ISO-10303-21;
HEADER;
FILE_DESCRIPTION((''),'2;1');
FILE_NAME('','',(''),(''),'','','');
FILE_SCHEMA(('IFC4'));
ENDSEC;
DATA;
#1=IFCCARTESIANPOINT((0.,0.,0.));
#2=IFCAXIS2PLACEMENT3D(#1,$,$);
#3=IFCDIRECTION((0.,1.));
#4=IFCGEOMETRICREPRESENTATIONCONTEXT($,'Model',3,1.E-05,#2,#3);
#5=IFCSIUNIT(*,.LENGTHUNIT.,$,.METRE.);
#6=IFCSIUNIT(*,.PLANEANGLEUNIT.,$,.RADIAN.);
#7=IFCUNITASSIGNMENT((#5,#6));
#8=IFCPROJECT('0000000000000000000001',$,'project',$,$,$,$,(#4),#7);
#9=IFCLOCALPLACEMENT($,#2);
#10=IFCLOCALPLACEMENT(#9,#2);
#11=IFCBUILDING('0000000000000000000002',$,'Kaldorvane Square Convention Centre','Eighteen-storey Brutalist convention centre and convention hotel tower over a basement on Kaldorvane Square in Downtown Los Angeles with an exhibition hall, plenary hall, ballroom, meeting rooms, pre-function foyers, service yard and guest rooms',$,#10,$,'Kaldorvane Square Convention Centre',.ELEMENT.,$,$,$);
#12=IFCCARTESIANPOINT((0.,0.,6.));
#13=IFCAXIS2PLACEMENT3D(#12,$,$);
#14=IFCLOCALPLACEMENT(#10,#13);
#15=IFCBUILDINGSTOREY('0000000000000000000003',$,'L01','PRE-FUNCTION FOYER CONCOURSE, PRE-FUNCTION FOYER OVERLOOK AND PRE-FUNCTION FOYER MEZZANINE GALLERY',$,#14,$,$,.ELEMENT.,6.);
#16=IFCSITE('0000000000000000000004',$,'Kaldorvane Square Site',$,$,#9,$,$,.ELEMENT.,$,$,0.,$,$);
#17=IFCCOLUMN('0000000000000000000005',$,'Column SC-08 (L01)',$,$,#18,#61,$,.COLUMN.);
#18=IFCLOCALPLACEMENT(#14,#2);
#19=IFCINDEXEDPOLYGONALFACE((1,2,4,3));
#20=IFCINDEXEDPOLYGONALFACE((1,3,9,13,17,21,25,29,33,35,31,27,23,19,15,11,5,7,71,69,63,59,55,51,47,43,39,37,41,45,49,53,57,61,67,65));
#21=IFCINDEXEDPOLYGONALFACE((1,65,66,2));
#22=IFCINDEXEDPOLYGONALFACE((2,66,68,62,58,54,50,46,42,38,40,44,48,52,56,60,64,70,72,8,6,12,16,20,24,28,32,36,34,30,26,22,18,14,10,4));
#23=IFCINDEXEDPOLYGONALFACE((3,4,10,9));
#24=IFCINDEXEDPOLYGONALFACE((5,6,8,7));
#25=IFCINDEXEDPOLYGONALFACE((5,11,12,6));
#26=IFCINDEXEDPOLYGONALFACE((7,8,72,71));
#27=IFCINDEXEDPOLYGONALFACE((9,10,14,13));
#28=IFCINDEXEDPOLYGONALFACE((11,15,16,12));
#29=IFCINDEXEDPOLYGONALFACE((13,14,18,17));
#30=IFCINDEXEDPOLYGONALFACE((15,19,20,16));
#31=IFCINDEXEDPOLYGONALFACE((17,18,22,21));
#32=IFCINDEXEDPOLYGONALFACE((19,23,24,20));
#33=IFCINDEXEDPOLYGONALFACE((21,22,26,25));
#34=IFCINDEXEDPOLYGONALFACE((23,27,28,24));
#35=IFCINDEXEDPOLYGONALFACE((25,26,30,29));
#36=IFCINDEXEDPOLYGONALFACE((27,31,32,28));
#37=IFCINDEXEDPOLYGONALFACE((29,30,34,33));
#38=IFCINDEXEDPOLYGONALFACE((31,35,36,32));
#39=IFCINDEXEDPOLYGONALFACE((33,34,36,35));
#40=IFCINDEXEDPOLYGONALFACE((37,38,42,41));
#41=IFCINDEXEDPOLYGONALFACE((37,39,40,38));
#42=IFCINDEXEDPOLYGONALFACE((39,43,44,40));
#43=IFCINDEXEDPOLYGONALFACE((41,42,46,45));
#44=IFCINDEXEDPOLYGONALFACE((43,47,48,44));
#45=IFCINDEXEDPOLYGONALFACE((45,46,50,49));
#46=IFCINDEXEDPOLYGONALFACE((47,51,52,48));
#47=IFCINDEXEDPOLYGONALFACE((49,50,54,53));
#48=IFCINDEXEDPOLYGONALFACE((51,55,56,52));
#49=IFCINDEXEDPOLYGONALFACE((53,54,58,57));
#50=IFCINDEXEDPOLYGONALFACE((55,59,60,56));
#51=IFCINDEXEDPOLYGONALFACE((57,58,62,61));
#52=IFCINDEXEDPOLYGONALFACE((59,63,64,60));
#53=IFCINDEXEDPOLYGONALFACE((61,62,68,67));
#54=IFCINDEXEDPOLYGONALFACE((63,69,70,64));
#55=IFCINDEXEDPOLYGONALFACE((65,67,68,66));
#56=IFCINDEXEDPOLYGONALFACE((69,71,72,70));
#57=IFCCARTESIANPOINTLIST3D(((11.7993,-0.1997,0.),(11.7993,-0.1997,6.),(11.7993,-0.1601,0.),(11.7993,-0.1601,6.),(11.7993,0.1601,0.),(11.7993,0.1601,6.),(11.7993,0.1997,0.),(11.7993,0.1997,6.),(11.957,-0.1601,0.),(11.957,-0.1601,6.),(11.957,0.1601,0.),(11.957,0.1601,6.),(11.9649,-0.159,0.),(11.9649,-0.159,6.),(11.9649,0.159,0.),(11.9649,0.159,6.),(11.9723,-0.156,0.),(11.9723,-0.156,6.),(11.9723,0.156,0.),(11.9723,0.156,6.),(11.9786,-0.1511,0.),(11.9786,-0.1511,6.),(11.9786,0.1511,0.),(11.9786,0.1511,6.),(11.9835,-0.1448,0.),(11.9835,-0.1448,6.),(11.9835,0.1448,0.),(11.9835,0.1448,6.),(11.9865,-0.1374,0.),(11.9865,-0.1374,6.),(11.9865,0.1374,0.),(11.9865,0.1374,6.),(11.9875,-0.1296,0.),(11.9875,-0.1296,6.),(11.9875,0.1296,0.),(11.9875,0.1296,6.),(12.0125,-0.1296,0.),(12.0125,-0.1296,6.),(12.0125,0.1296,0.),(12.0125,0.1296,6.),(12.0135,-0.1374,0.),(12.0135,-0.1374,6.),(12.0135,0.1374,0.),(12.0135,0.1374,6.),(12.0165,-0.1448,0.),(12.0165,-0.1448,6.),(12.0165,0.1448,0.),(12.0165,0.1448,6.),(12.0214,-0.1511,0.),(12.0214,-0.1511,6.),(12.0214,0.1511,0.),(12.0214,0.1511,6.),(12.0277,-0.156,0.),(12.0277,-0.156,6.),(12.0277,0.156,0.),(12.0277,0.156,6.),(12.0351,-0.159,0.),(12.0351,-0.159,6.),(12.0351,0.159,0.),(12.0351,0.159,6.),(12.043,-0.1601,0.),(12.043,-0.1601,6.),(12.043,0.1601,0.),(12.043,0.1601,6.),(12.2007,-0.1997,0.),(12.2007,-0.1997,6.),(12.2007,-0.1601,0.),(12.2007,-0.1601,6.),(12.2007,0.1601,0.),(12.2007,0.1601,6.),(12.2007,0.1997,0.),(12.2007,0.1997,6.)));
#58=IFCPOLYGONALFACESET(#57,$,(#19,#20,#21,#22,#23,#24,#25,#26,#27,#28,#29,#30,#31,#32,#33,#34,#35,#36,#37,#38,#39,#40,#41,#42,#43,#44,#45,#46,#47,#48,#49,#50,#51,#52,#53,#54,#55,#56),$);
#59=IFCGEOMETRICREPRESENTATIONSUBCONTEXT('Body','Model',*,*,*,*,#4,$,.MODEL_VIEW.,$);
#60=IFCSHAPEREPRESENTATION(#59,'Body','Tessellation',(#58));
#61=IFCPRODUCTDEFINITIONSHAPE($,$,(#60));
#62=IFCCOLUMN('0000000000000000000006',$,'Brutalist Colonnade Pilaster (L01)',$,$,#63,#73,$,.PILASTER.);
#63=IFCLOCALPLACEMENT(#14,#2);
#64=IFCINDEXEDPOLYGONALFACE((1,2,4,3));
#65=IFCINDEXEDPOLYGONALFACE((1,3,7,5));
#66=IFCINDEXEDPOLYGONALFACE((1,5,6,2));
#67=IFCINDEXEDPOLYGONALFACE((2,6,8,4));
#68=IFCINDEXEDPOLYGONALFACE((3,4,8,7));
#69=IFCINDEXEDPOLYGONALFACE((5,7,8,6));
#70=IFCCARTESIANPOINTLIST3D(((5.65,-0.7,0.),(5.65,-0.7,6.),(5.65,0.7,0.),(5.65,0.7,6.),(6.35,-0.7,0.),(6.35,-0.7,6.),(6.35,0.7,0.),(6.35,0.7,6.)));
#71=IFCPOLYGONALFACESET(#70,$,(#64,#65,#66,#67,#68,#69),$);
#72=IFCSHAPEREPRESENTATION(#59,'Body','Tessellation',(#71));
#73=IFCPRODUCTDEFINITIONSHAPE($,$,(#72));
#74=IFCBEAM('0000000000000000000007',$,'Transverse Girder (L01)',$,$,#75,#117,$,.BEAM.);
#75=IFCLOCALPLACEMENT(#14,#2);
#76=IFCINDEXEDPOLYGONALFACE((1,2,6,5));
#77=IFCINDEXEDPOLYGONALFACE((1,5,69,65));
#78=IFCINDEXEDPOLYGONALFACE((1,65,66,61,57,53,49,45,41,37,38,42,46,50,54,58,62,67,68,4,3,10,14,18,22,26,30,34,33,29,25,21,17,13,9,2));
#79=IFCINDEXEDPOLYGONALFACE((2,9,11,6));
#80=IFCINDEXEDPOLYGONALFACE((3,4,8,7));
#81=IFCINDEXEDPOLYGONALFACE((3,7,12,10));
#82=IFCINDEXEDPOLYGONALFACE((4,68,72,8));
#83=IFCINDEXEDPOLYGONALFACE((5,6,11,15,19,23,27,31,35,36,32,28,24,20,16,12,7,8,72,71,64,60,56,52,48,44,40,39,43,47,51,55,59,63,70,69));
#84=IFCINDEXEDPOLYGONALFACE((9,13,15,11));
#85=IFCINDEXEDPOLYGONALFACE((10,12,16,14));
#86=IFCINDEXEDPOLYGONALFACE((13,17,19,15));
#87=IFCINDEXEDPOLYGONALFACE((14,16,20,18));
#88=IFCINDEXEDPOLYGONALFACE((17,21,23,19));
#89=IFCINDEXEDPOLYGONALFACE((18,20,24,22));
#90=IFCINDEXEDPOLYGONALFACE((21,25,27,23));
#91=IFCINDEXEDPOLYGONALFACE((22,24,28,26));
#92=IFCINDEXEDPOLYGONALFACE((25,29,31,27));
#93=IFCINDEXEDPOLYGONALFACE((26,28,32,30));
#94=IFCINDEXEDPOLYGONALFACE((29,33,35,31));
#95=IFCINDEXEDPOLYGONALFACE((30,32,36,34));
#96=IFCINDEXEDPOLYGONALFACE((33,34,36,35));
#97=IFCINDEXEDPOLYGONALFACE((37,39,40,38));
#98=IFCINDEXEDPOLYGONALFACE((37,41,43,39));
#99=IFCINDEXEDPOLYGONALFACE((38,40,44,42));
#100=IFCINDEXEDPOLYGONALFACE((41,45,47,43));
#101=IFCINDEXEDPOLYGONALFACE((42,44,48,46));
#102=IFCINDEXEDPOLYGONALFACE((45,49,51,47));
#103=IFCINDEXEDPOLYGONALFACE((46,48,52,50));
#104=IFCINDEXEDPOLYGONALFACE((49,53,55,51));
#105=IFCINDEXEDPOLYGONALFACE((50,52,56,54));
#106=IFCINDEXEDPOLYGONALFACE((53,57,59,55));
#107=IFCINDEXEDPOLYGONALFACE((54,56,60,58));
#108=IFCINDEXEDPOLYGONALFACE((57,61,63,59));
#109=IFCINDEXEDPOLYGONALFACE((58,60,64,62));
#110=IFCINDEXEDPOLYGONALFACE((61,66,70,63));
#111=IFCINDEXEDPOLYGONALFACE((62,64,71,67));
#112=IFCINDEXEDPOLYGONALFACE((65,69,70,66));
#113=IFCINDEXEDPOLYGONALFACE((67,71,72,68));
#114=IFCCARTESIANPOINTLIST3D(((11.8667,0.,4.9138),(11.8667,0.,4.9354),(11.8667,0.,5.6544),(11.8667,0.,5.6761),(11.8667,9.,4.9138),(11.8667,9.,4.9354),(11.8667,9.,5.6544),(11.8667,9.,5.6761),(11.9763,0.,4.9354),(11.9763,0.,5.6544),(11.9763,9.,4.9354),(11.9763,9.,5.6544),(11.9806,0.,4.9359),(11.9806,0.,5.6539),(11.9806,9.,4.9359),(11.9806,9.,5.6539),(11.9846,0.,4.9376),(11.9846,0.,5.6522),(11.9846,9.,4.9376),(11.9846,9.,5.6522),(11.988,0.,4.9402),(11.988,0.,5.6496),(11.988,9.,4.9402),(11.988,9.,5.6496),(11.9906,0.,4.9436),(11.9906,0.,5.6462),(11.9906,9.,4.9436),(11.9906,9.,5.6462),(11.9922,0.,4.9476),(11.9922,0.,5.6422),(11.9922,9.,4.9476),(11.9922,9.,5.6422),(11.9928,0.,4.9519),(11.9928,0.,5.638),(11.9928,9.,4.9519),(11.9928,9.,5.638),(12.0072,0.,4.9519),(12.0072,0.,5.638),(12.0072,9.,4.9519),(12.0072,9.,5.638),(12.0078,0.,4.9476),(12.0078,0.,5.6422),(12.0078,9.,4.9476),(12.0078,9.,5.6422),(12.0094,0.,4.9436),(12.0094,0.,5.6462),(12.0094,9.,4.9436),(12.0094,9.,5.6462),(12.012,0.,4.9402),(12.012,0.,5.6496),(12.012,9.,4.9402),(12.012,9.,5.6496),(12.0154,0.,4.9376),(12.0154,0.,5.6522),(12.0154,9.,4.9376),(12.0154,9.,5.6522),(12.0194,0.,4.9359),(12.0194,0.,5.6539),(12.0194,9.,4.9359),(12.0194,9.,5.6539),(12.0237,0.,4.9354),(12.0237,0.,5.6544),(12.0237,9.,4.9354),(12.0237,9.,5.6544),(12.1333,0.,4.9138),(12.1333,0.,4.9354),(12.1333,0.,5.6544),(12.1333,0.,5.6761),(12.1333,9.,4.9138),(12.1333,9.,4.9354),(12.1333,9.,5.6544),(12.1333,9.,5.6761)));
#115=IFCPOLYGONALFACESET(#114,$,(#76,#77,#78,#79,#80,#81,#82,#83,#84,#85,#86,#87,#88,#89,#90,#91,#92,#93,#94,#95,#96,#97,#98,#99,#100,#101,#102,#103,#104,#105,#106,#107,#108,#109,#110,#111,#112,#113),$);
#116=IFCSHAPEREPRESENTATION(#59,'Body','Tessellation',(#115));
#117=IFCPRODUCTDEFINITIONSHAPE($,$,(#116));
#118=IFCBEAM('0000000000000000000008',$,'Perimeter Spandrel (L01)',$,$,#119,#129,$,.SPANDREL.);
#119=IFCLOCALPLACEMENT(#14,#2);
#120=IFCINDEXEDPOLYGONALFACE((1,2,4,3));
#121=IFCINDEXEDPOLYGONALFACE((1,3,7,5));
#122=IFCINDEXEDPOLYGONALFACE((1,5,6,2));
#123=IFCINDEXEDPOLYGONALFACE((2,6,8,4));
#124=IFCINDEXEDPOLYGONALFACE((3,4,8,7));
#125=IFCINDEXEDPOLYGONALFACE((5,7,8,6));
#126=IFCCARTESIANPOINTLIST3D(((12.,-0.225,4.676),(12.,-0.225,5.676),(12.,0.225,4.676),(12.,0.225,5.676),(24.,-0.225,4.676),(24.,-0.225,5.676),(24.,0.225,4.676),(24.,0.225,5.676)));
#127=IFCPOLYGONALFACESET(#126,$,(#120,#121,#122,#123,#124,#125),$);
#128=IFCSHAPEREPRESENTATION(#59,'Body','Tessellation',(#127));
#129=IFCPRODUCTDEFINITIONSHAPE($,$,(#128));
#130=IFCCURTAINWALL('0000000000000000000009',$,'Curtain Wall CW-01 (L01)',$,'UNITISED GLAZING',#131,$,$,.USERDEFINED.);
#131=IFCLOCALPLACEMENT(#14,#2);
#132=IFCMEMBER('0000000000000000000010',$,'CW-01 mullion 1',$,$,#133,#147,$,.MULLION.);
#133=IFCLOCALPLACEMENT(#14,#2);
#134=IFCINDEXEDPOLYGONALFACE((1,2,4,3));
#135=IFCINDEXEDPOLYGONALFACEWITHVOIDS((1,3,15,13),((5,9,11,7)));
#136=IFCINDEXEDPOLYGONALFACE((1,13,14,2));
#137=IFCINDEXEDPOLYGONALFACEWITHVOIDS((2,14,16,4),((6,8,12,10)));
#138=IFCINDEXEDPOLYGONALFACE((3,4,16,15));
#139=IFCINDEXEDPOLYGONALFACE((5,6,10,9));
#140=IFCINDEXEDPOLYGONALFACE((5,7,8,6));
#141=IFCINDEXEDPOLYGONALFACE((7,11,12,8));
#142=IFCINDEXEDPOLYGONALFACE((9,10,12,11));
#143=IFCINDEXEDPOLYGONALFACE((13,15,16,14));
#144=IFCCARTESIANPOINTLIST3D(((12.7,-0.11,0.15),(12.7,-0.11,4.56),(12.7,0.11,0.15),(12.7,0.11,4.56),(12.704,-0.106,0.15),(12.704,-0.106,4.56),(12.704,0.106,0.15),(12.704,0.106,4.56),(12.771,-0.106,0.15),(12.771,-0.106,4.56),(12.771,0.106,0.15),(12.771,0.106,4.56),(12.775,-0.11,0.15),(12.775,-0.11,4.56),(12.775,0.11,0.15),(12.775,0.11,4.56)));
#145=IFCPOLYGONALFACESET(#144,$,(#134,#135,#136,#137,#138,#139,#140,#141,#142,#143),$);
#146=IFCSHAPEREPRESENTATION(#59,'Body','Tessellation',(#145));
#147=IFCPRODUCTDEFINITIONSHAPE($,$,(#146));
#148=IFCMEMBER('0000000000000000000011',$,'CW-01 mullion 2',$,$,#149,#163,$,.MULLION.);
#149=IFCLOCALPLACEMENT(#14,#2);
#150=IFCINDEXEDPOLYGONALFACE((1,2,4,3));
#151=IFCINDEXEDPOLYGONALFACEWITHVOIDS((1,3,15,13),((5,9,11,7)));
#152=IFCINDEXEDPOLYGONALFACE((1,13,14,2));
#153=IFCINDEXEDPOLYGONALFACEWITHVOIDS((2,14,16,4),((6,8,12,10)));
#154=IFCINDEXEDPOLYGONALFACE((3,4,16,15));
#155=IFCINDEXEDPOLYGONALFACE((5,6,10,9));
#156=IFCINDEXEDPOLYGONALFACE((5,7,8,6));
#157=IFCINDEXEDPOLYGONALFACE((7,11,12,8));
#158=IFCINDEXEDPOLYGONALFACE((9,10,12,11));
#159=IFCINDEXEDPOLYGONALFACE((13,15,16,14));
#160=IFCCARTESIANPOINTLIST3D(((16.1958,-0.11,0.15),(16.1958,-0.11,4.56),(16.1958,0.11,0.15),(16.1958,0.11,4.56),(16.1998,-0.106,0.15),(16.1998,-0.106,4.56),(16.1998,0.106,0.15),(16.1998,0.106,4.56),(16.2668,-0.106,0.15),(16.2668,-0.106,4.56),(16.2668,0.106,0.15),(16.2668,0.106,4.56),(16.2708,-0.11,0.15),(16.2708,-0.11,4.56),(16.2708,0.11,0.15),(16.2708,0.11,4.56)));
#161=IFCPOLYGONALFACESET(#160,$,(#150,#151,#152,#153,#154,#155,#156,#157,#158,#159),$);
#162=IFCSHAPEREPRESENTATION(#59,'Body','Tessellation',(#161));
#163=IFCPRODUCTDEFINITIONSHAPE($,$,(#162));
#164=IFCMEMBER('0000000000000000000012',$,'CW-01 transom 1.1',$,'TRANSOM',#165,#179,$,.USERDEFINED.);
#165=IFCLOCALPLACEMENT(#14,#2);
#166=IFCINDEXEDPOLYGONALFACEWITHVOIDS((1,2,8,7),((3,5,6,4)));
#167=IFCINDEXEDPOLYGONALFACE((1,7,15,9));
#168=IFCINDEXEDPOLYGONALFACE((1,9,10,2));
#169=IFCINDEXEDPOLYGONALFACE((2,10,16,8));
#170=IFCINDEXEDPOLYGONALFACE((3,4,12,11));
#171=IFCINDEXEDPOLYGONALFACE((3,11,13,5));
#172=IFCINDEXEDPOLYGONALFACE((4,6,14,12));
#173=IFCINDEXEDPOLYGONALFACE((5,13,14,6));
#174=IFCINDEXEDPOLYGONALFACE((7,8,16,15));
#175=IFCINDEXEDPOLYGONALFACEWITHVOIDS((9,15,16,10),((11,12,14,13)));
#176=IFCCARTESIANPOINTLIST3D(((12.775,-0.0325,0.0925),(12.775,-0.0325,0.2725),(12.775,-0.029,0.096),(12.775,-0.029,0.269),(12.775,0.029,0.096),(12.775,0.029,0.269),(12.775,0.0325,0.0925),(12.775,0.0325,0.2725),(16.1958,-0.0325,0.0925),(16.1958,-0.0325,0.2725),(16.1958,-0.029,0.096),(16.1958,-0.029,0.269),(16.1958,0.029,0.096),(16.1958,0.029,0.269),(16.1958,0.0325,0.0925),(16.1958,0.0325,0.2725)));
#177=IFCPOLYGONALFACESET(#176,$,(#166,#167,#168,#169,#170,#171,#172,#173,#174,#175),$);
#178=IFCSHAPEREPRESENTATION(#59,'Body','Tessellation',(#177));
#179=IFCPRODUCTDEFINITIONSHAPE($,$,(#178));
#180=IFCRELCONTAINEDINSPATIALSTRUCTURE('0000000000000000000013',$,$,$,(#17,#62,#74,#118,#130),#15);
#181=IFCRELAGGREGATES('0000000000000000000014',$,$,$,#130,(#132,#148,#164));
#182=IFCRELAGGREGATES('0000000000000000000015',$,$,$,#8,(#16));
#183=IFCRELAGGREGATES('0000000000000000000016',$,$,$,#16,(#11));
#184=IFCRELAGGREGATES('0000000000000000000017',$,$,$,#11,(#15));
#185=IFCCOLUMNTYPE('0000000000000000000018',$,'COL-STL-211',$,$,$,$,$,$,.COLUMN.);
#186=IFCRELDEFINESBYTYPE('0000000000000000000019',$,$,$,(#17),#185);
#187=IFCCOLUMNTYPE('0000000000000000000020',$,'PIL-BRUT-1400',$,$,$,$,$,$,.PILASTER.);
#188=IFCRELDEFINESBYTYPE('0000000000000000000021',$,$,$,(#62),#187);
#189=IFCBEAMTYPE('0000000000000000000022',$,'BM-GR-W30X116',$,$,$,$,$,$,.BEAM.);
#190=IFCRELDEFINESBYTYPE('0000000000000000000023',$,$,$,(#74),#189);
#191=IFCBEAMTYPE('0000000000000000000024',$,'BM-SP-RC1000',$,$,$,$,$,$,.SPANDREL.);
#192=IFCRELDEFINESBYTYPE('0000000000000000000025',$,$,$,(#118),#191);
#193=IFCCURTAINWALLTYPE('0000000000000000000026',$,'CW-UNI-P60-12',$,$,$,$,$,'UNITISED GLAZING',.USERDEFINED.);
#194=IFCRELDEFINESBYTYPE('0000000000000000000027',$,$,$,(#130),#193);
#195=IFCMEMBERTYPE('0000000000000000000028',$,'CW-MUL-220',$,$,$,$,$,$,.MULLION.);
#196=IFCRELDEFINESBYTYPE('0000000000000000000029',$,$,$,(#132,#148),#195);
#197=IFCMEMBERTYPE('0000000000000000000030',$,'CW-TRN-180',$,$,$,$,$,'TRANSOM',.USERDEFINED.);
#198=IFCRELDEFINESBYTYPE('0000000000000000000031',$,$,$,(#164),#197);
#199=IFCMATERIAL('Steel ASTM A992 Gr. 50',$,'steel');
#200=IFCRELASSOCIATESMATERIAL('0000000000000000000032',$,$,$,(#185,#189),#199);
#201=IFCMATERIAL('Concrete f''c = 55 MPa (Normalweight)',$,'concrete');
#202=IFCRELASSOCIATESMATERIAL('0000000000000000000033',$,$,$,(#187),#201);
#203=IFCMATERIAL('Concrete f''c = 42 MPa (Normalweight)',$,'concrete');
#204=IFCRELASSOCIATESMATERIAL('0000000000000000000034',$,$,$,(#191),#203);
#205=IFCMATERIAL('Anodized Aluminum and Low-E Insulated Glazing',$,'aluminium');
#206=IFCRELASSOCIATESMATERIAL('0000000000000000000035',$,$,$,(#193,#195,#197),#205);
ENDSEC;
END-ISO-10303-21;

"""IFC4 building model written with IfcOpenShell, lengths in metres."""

from ifc_helpers import new_model, si_unit, direction, frame, origin, origin_2d, place, context, subcontext, project, spatial, rectangle, hollow_rectangle, i_section, extrude, material, material_profile, profile_set, type_object, element, aggregate, save


model = new_model("IFC4")

# Units and contexts
model_context = context("Model", 3, precision=1e-05, world=origin(), true_north=direction((0.0, 1.0)))
body_context = subcontext(model_context, "Body", "Model", "MODEL_VIEW")
ifc_project = project(units=[si_unit("LENGTHUNIT", "METRE"), si_unit("PLANEANGLEUNIT", "RADIAN")], contexts=[model_context])

# Site, building, storey
site_placement = place(None, origin())
site = spatial("IfcSite", under=ifc_project, at=site_placement, Name="Kaldorvane Square Site", CompositionType="ELEMENT", RefElevation=0.0)
building_placement = place(site_placement, origin())
building = spatial("IfcBuilding", under=site, at=building_placement, Name="Kaldorvane Square Convention Centre", Description="Eighteen-storey Brutalist convention centre and convention hotel tower over a basement on Kaldorvane Square in Downtown Los Angeles with an exhibition hall, plenary hall, ballroom, meeting rooms, pre-function foyers, service yard and guest rooms", LongName="Kaldorvane Square Convention Centre", CompositionType="ELEMENT")
storey_placement = place(building_placement, frame((0.0, 0.0, 6.0)))
storey = spatial("IfcBuildingStorey", under=building, at=storey_placement, Name="L01", Description="PRE-FUNCTION FOYER CONCOURSE, PRE-FUNCTION FOYER OVERLOOK AND PRE-FUNCTION FOYER MEZZANINE GALLERY", CompositionType="ELEMENT", Elevation=6.0)

# Columns
ifc_material_1 = material(Name="Steel ASTM A992 Gr. 50", Category="steel")
ifc_material_profile_1 = material_profile(ifc_material_1, i_section(OverallWidth=0.4013, OverallDepth=0.3993, WebThickness=0.0249, FlangeThickness=0.0396, FilletRadius=0.0305, at=origin_2d()), Name="W14X211")
ifc_profile_set_1 = profile_set([ifc_material_profile_1], Name="Steel ASTM A992 Gr. 50")
column_type_1 = type_object("IfcColumnType", Name="COL-STL-211", PredefinedType="COLUMN", material=ifc_profile_set_1)
column_1_placement = place(storey_placement, frame((12.0, 0.0, 0.0), z_axis=(0.0, 0.0, 1.0), x_axis=(1.0, 0.0, 0.0)))
element("IfcColumn", 1, at=column_1_placement, inside=storey, type_object=column_type_1, Name="Column SC-08 (L01)", PredefinedType="COLUMN", context=body_context, shape_type="SweptSolid", body=[
    extrude(i_section(OverallWidth=0.4013, OverallDepth=0.3993, WebThickness=0.0249, FlangeThickness=0.0396, FilletRadius=0.0305, at=origin_2d()), origin(), (0.0, 0.0, 1.0), 6.0),
])
ifc_material_2 = material(Name="Concrete f'c = 55 MPa (Normalweight)", Category="concrete")
ifc_material_profile_2 = material_profile(ifc_material_2, rectangle(XDim=0.7, YDim=1.4, at=origin_2d()), Name="PIL1400X700")
ifc_profile_set_2 = profile_set([ifc_material_profile_2], Name="Concrete f'c = 55 MPa (Normalweight)")
column_type_2 = type_object("IfcColumnType", Name="PIL-BRUT-1400", PredefinedType="PILASTER", material=ifc_profile_set_2)
column_2_placement = place(storey_placement, frame((6.0, 0.0, 0.0), z_axis=(0.0, 0.0, 1.0), x_axis=(1.0, 0.0, 0.0)))
element("IfcColumn", 2, at=column_2_placement, inside=storey, type_object=column_type_2, Name="Brutalist Colonnade Pilaster (L01)", PredefinedType="PILASTER", context=body_context, shape_type="SweptSolid", body=[
    extrude(rectangle(XDim=0.7, YDim=1.4, at=origin_2d()), origin(), (0.0, 0.0, 1.0), 6.0),
])

# Beams
ifc_material_profile_3 = material_profile(ifc_material_1, i_section(OverallWidth=0.2666, OverallDepth=0.7623, WebThickness=0.0144, FlangeThickness=0.0216, FilletRadius=0.0165, at=origin_2d()), Name="W30X116")
ifc_profile_set_3 = profile_set([ifc_material_profile_3], Name="Steel ASTM A992 Gr. 50")
beam_type_1 = type_object("IfcBeamType", Name="BM-GR-W30X116", PredefinedType="BEAM", material=ifc_profile_set_3)
beam_1_placement = place(storey_placement, frame((12.0, 0.0, 5.2949), z_axis=(0.0, 1.0, 0.0), x_axis=(-1.0, 0.0, 0.0)))
element("IfcBeam", 3, at=beam_1_placement, inside=storey, type_object=beam_type_1, Name="Transverse Girder (L01)", PredefinedType="BEAM", context=body_context, shape_type="SweptSolid", body=[
    extrude(i_section(OverallWidth=0.2666, OverallDepth=0.7623, WebThickness=0.0144, FlangeThickness=0.0216, FilletRadius=0.0165, at=origin_2d()), origin(), (0.0, 0.0, 1.0), 9.0),
])
ifc_material_3 = material(Name="Concrete f'c = 42 MPa (Normalweight)", Category="concrete")
ifc_material_profile_4 = material_profile(ifc_material_3, rectangle(XDim=0.45, YDim=1.0, at=origin_2d()), Name="RCSP1000X450")
ifc_profile_set_4 = profile_set([ifc_material_profile_4], Name="Concrete f'c = 42 MPa (Normalweight)")
beam_type_2 = type_object("IfcBeamType", Name="BM-SP-RC1000", PredefinedType="SPANDREL", material=ifc_profile_set_4)
beam_2_placement = place(storey_placement, frame((12.0, 0.0, 5.176), z_axis=(1.0, 0.0, 0.0), x_axis=(0.0, 1.0, 0.0)))
element("IfcBeam", 4, at=beam_2_placement, inside=storey, type_object=beam_type_2, Name="Perimeter Spandrel (L01)", PredefinedType="SPANDREL", context=body_context, shape_type="SweptSolid", body=[
    extrude(rectangle(XDim=0.45, YDim=1.0, at=origin_2d()), origin(), (0.0, 0.0, 1.0), 12.0),
])

# Curtain wall, members
ifc_material_4 = material(Name="Anodized Aluminum and Low-E Insulated Glazing", Category="aluminium")
curtain_wall_type = type_object("IfcCurtainWallType", Name="CW-UNI-P60-12", ElementType="UNITISED GLAZING", PredefinedType="USERDEFINED", material=ifc_material_4)
curtain_wall_placement = place(storey_placement, origin())
curtain_wall = element("IfcCurtainWall", 5, at=curtain_wall_placement, inside=storey, type_object=curtain_wall_type, Name="Curtain Wall CW-01 (L01)", ObjectType="UNITISED GLAZING", PredefinedType="USERDEFINED")
ifc_material_profile_5 = material_profile(ifc_material_4, hollow_rectangle(XDim=0.075, YDim=0.22, WallThickness=0.004, at=origin_2d()), Name="CWM-220X75")
ifc_profile_set_5 = profile_set([ifc_material_profile_5], Name="Anodized Aluminum and Low-E Insulated Glazing")
member_type_1 = type_object("IfcMemberType", Name="CW-MUL-220", PredefinedType="MULLION", material=ifc_profile_set_5)
member_1_placement = place(storey_placement, frame((12.7375, 0.0, 0.15), z_axis=(0.0, 0.0, 1.0), x_axis=(1.0, 0.0, 0.0)))
member_1 = element("IfcMember", 6, at=member_1_placement, type_object=member_type_1, Name="CW-01 mullion 1", PredefinedType="MULLION", context=body_context, shape_type="SweptSolid", body=[
    extrude(hollow_rectangle(XDim=0.075, YDim=0.22, WallThickness=0.004, at=origin_2d()), origin(), (0.0, 0.0, 1.0), 4.41),
])
member_2_placement = place(storey_placement, frame((16.2333, 0.0, 0.15), z_axis=(0.0, 0.0, 1.0), x_axis=(1.0, 0.0, 0.0)))
member_2 = element("IfcMember", 7, at=member_2_placement, type_object=member_type_1, Name="CW-01 mullion 2", PredefinedType="MULLION", context=body_context, shape_type="SweptSolid", body=[
    extrude(hollow_rectangle(XDim=0.075, YDim=0.22, WallThickness=0.004, at=origin_2d()), origin(), (0.0, 0.0, 1.0), 4.41),
])
ifc_material_profile_6 = material_profile(ifc_material_4, hollow_rectangle(XDim=0.065, YDim=0.18, WallThickness=0.0035, at=origin_2d()), Name="CWT-180X65")
ifc_profile_set_6 = profile_set([ifc_material_profile_6], Name="Anodized Aluminum and Low-E Insulated Glazing")
member_type_2 = type_object("IfcMemberType", Name="CW-TRN-180", ElementType="TRANSOM", PredefinedType="USERDEFINED", material=ifc_profile_set_6)
member_3_placement = place(storey_placement, frame((12.775, 0.0, 0.1825), z_axis=(1.0, 0.0, 0.0), x_axis=(0.0, 1.0, 0.0)))
member_3 = element("IfcMember", 8, at=member_3_placement, type_object=member_type_2, Name="CW-01 transom 1.1", ObjectType="TRANSOM", PredefinedType="USERDEFINED", context=body_context, shape_type="SweptSolid", body=[
    extrude(hollow_rectangle(XDim=0.065, YDim=0.18, WallThickness=0.0035, at=origin_2d()), origin(), (0.0, 0.0, 1.0), 3.4208),
])
aggregate(curtain_wall, [member_1, member_2, member_3])

save(model, "model.ifc")
